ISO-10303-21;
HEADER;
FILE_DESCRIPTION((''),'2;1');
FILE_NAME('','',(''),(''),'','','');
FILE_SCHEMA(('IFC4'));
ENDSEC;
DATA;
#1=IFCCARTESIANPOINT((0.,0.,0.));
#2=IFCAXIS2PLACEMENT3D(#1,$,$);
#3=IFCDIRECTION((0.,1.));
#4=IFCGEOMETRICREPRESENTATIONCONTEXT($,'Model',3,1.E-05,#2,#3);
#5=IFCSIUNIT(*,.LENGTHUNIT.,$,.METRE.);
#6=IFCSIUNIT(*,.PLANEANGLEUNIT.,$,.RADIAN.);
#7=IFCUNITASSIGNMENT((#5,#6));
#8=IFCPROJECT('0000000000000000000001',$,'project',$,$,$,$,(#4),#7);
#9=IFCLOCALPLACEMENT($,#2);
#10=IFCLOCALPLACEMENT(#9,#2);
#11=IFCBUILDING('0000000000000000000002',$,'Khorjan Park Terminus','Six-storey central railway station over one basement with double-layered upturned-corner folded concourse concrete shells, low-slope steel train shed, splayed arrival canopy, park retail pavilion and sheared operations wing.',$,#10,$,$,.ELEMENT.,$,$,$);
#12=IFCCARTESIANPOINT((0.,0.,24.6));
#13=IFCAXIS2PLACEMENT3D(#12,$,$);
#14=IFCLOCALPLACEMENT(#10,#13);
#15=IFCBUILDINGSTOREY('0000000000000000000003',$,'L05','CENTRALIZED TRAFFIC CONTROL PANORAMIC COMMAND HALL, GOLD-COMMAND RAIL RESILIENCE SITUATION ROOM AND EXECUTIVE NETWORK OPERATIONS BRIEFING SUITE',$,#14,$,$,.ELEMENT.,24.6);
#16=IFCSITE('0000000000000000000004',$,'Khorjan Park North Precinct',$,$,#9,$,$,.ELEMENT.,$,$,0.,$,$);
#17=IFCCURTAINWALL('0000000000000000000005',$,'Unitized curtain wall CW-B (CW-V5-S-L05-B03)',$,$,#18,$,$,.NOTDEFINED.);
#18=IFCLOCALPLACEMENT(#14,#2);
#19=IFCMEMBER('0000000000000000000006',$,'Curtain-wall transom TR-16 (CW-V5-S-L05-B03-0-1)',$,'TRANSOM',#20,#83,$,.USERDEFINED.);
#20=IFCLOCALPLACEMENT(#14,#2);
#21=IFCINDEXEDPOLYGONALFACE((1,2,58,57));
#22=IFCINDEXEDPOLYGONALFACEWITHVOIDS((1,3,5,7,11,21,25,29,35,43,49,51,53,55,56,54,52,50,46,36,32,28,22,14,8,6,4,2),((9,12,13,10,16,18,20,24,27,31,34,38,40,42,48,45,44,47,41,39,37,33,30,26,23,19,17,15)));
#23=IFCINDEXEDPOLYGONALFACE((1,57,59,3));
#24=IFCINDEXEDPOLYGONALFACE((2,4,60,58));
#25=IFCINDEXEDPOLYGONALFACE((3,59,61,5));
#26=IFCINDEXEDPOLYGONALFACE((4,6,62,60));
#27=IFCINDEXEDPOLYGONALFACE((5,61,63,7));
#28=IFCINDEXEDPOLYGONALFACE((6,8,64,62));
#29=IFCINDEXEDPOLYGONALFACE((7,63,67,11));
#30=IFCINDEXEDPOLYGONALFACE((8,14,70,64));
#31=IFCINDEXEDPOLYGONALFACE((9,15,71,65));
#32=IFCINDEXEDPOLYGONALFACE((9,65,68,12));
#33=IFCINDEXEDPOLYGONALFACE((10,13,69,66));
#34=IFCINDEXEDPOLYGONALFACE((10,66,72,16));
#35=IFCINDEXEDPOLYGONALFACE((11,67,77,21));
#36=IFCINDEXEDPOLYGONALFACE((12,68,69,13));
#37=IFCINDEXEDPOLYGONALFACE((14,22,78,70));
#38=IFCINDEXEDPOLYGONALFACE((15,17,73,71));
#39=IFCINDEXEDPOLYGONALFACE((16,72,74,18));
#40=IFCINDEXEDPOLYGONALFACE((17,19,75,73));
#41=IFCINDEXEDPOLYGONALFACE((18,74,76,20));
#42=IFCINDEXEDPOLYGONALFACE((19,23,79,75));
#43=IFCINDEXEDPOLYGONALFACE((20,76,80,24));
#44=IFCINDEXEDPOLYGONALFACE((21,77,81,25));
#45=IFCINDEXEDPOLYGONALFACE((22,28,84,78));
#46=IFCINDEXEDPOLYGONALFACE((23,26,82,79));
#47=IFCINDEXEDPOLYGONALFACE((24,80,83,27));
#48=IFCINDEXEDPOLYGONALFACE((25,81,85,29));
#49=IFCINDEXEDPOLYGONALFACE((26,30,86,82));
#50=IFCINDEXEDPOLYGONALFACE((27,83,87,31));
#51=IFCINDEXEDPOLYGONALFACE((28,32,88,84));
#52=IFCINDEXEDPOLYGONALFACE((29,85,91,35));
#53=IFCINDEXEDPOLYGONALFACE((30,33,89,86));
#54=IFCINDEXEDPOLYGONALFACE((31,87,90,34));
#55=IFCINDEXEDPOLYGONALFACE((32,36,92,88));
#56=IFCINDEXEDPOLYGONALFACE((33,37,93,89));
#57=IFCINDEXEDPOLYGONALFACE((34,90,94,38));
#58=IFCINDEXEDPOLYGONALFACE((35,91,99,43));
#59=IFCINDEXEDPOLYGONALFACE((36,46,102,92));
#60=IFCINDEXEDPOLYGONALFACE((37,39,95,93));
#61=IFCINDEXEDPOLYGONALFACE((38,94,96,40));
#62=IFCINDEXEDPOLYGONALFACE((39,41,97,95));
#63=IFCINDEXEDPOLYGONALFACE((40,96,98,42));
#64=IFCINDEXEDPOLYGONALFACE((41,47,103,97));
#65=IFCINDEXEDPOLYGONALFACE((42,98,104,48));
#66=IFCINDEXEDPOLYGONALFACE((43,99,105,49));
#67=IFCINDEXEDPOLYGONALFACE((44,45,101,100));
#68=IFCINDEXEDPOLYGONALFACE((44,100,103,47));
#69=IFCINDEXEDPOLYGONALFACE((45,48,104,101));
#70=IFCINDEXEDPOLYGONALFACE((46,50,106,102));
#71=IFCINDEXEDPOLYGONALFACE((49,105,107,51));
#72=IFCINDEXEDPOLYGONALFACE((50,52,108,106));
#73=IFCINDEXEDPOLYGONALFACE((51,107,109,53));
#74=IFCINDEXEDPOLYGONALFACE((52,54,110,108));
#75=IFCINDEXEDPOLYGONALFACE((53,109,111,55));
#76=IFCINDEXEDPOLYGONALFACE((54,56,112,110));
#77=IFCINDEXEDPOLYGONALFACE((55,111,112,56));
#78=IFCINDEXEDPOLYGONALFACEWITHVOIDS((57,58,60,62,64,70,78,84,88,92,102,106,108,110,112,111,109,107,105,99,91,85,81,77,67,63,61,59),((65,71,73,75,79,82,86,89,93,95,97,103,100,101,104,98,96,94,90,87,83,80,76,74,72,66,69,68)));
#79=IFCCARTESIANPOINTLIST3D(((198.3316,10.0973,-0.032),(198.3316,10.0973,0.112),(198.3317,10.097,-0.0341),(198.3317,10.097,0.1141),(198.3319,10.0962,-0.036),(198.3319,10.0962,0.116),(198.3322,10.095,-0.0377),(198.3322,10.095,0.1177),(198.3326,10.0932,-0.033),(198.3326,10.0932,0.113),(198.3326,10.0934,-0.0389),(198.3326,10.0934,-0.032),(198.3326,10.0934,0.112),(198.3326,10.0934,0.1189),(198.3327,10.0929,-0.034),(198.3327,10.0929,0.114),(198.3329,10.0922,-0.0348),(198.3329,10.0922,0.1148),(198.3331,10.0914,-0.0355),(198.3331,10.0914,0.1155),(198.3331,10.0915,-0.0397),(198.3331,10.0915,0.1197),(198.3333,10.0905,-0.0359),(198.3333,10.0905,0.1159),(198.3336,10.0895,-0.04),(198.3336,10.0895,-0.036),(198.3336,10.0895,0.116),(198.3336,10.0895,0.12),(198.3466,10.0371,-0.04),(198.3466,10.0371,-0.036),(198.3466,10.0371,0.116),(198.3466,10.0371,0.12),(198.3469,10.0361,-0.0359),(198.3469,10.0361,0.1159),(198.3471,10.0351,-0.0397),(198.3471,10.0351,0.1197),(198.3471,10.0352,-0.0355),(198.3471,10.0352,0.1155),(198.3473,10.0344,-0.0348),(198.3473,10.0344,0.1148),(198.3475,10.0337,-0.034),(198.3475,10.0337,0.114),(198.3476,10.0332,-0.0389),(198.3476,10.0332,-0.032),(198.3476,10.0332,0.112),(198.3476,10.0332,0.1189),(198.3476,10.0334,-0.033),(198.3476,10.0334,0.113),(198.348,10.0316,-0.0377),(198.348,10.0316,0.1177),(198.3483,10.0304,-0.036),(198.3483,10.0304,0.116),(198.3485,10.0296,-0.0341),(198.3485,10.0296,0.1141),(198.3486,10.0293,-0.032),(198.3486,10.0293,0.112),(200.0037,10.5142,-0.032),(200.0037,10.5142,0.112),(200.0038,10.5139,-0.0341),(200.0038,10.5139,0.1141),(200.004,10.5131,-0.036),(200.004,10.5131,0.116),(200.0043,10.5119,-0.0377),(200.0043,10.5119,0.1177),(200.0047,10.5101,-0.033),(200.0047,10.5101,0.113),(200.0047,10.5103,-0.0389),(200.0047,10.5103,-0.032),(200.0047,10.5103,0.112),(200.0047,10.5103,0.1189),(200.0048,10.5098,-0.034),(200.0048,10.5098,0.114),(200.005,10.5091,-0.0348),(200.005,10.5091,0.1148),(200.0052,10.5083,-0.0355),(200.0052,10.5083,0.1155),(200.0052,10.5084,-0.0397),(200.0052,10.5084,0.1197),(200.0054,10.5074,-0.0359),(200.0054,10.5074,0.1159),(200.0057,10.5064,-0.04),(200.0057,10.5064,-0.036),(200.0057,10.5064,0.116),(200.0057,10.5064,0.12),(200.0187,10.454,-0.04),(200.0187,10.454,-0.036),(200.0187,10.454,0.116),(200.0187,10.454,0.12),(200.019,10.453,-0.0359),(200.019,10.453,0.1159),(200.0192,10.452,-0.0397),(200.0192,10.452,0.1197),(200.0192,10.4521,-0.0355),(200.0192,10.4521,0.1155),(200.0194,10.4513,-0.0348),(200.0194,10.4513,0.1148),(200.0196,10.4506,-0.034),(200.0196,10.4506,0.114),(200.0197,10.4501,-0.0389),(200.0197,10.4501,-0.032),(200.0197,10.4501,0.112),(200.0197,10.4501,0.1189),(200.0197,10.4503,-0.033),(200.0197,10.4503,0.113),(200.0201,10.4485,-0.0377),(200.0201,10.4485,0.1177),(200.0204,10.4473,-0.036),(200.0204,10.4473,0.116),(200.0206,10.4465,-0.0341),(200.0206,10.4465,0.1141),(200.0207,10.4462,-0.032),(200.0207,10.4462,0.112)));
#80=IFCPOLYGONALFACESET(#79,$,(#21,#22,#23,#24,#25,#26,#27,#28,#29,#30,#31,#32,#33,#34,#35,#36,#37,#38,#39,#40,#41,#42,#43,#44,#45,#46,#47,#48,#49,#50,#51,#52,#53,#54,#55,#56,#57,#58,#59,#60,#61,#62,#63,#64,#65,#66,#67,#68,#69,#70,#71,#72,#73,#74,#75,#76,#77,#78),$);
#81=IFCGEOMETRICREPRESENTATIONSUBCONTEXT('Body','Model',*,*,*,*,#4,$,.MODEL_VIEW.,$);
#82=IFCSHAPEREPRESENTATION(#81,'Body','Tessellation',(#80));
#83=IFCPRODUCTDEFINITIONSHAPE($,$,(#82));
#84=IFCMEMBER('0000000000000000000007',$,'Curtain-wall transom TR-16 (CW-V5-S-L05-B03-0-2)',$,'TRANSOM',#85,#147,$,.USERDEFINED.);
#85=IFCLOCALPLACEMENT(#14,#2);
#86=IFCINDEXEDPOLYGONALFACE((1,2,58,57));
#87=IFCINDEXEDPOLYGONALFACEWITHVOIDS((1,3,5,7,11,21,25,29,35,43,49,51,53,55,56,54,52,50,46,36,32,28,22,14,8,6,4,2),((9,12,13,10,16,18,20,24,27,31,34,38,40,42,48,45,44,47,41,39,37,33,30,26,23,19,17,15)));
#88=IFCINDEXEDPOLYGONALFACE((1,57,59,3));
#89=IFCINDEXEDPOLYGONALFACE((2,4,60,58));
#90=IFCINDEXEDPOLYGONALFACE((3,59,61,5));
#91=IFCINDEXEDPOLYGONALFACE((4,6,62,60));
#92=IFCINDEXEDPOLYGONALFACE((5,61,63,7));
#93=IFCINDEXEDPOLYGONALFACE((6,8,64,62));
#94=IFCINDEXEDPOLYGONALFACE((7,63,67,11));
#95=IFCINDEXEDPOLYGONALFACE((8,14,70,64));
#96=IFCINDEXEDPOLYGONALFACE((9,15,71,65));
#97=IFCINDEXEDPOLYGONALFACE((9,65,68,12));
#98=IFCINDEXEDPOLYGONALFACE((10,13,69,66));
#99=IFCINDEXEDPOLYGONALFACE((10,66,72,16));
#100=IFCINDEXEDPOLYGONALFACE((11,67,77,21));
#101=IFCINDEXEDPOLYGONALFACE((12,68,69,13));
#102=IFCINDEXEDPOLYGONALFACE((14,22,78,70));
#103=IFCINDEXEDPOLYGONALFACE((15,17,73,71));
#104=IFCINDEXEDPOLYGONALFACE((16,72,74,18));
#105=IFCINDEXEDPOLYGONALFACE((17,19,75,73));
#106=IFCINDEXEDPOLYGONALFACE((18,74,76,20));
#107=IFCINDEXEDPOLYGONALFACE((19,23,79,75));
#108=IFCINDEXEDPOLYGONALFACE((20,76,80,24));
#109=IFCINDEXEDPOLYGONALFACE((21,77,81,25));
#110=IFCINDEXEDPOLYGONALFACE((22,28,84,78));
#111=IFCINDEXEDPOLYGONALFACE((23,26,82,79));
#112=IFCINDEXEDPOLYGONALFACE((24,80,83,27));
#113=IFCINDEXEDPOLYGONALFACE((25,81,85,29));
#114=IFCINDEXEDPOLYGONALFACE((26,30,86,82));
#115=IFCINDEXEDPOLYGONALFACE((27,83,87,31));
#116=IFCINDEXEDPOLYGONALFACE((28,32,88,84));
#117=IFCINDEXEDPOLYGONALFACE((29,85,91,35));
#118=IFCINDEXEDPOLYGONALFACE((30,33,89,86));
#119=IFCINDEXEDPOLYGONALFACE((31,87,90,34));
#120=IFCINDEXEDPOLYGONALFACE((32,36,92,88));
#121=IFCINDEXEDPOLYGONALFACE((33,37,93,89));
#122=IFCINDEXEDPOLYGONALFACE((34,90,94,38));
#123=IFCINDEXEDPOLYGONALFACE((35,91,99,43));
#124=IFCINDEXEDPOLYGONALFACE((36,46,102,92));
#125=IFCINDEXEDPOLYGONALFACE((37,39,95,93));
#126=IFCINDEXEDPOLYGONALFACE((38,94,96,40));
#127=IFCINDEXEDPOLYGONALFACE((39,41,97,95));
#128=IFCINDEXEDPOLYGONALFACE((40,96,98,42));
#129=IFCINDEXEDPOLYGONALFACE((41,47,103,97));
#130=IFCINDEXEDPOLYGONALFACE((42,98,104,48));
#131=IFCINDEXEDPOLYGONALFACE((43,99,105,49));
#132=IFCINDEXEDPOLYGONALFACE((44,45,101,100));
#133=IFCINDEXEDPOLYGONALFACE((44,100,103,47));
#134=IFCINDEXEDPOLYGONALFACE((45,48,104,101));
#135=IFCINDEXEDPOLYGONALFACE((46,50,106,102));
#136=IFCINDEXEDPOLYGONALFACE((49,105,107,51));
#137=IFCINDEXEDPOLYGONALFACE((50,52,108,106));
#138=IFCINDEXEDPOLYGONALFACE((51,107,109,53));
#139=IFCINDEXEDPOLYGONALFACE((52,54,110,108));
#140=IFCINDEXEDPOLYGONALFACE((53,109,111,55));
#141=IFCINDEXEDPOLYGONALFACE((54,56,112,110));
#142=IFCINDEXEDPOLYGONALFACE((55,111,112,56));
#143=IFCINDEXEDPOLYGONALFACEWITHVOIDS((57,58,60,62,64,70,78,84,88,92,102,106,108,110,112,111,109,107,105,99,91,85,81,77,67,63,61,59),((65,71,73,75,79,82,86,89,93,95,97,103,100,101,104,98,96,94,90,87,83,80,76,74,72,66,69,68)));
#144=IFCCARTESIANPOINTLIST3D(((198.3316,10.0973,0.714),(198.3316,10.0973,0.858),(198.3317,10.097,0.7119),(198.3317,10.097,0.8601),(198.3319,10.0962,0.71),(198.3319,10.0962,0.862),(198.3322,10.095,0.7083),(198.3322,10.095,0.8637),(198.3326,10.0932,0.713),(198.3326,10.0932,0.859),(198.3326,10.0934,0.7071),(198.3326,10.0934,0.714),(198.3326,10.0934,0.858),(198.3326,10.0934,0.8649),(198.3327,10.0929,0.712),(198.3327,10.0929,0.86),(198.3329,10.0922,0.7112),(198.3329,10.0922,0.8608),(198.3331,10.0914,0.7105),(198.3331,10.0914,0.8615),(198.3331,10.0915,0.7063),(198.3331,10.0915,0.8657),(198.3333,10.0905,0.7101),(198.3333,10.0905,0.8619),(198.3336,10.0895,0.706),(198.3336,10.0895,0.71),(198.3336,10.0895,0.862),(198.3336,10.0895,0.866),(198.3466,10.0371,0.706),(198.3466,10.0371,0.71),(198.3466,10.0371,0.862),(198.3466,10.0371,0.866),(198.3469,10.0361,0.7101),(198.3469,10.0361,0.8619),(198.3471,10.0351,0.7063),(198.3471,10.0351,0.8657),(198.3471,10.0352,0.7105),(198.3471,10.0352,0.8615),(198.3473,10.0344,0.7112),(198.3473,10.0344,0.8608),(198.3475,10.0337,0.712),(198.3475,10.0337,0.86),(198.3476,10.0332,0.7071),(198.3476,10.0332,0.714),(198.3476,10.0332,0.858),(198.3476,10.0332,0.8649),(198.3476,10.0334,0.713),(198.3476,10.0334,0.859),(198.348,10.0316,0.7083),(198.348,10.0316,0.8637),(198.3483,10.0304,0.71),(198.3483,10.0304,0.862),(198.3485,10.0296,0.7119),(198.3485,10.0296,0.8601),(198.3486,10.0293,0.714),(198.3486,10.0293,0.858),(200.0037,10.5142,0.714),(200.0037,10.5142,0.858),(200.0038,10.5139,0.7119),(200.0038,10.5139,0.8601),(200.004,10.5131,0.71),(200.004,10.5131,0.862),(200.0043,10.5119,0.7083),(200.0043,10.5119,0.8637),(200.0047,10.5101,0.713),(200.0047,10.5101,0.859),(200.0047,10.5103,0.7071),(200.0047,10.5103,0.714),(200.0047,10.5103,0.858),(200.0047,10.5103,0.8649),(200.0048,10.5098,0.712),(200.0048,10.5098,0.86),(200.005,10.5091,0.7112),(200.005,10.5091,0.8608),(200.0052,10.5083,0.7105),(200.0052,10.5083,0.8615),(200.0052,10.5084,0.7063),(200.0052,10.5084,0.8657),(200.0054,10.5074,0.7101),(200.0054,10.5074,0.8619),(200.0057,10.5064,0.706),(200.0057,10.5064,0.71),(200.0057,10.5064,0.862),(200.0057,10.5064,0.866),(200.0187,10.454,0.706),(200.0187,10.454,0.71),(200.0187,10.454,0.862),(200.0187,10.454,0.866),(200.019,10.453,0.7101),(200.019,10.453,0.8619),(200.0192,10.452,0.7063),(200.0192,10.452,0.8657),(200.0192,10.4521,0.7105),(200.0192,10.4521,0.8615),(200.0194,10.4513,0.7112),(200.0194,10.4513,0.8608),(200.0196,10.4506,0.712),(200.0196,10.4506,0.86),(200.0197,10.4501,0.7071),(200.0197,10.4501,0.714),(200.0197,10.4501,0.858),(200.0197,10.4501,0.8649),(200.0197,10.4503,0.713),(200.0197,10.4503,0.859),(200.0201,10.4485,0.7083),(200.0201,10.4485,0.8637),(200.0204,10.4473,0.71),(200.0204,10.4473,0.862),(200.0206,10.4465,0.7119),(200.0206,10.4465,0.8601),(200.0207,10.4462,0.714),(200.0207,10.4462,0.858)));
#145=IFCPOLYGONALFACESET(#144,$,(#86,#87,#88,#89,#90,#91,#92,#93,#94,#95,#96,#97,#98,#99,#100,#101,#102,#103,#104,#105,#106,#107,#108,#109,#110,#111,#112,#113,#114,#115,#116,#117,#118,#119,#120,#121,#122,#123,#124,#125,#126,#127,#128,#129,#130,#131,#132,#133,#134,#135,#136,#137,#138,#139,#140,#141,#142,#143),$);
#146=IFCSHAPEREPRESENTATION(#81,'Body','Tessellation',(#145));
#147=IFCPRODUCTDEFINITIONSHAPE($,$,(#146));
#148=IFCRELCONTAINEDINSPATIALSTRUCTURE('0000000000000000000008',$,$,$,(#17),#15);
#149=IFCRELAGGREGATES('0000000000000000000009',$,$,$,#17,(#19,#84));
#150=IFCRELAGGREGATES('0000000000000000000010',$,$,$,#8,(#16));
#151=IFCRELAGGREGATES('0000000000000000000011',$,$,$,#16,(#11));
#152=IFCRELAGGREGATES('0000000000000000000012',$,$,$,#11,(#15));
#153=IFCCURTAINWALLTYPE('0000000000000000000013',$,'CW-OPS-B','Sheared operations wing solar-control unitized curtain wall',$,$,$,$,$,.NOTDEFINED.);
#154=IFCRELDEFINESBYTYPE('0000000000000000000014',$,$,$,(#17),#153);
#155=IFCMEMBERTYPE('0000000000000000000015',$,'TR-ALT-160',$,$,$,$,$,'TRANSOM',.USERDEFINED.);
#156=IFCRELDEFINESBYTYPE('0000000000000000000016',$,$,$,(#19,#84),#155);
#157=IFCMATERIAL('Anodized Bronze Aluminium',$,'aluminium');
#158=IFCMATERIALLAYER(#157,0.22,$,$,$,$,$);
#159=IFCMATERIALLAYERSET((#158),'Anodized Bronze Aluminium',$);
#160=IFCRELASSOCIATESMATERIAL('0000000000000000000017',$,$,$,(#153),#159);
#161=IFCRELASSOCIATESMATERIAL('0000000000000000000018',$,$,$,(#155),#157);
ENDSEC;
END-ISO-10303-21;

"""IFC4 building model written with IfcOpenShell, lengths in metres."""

from ifc_helpers import new_model, si_unit, direction, frame, origin, origin_2d, place, context, subcontext, project, spatial, hollow_rectangle, extrude, material, layer, layer_set, material_profile, profile_set, type_object, element, aggregate, save


model = new_model("IFC4")

# Units and contexts
model_context = context("Model", 3, precision=1e-05, world=origin(), true_north=direction((0.0, 1.0)))
body_context = subcontext(model_context, "Body", "Model", "MODEL_VIEW")
ifc_project = project(units=[si_unit("LENGTHUNIT", "METRE"), si_unit("PLANEANGLEUNIT", "RADIAN")], contexts=[model_context])

# Site, building, storey
site_placement = place(None, origin())
site = spatial("IfcSite", under=ifc_project, at=site_placement, Name="Khorjan Park North Precinct", CompositionType="ELEMENT", RefElevation=0.0)
building_placement = place(site_placement, origin())
building = spatial("IfcBuilding", under=site, at=building_placement, Name="Khorjan Park Terminus", Description="Six-storey central railway station over one basement with double-layered upturned-corner folded concourse concrete shells, low-slope steel train shed, splayed arrival canopy, park retail pavilion and sheared operations wing.", CompositionType="ELEMENT")
storey_placement = place(building_placement, frame((0.0, 0.0, 24.6)))
storey = spatial("IfcBuildingStorey", under=building, at=storey_placement, Name="L05", Description="CENTRALIZED TRAFFIC CONTROL PANORAMIC COMMAND HALL, GOLD-COMMAND RAIL RESILIENCE SITUATION ROOM AND EXECUTIVE NETWORK OPERATIONS BRIEFING SUITE", CompositionType="ELEMENT", Elevation=24.6)

# Curtain wall, members
ifc_material_1 = material(Name="Anodized Bronze Aluminium", Category="aluminium")
ifc_layer_1 = layer(ifc_material_1, 0.22)
ifc_layer_set_1 = layer_set([ifc_layer_1], Name="Anodized Bronze Aluminium")
curtain_wall_type = type_object("IfcCurtainWallType", Name="CW-OPS-B", Description="Sheared operations wing solar-control unitized curtain wall", PredefinedType="NOTDEFINED", material=ifc_layer_set_1)
curtain_wall_placement = place(storey_placement, origin())
curtain_wall = element("IfcCurtainWall", 1, at=curtain_wall_placement, inside=storey, type_object=curtain_wall_type, Name="Unitized curtain wall CW-B (CW-V5-S-L05-B03)", PredefinedType="NOTDEFINED")
ifc_material_profile_1 = material_profile(ifc_material_1, hollow_rectangle(XDim=0.07, YDim=0.16, WallThickness=0.004, InnerFilletRadius=0.004, OuterFilletRadius=0.008, at=origin_2d()), Name="ALT 70x160x4")
ifc_profile_set_1 = profile_set([ifc_material_profile_1], Name="Anodized Bronze Aluminium")
member_type_1 = type_object("IfcMemberType", Name="TR-ALT-160", ElementType="TRANSOM", PredefinedType="USERDEFINED", material=ifc_profile_set_1)
member_1_placement = place(storey_placement, frame((198.3401, 10.0633, 0.04), z_axis=(0.970296, 0.241921, 0.0), x_axis=(-0.241921, 0.970296, 0.0)))
member_1 = element("IfcMember", 2, at=member_1_placement, type_object=member_type_1, Name="Curtain-wall transom TR-16 (CW-V5-S-L05-B03-0-1)", ObjectType="TRANSOM", PredefinedType="USERDEFINED", context=body_context, shape_type="SweptSolid", body=[
    extrude(hollow_rectangle(XDim=0.07, YDim=0.16, WallThickness=0.004, InnerFilletRadius=0.004, OuterFilletRadius=0.008, at=origin_2d()), origin(), (0.0, 0.0, 1.0), 1.7233),
])
member_2_placement = place(storey_placement, frame((198.3401, 10.0633, 0.786), z_axis=(0.970296, 0.241921, 0.0), x_axis=(-0.241921, 0.970296, 0.0)))
member_2 = element("IfcMember", 3, at=member_2_placement, type_object=member_type_1, Name="Curtain-wall transom TR-16 (CW-V5-S-L05-B03-0-2)", ObjectType="TRANSOM", PredefinedType="USERDEFINED", context=body_context, shape_type="SweptSolid", body=[
    extrude(hollow_rectangle(XDim=0.07, YDim=0.16, WallThickness=0.004, InnerFilletRadius=0.004, OuterFilletRadius=0.008, at=origin_2d()), origin(), (0.0, 0.0, 1.0), 1.7233),
])
aggregate(curtain_wall, [member_1, member_2])

save(model, "model.ifc")
